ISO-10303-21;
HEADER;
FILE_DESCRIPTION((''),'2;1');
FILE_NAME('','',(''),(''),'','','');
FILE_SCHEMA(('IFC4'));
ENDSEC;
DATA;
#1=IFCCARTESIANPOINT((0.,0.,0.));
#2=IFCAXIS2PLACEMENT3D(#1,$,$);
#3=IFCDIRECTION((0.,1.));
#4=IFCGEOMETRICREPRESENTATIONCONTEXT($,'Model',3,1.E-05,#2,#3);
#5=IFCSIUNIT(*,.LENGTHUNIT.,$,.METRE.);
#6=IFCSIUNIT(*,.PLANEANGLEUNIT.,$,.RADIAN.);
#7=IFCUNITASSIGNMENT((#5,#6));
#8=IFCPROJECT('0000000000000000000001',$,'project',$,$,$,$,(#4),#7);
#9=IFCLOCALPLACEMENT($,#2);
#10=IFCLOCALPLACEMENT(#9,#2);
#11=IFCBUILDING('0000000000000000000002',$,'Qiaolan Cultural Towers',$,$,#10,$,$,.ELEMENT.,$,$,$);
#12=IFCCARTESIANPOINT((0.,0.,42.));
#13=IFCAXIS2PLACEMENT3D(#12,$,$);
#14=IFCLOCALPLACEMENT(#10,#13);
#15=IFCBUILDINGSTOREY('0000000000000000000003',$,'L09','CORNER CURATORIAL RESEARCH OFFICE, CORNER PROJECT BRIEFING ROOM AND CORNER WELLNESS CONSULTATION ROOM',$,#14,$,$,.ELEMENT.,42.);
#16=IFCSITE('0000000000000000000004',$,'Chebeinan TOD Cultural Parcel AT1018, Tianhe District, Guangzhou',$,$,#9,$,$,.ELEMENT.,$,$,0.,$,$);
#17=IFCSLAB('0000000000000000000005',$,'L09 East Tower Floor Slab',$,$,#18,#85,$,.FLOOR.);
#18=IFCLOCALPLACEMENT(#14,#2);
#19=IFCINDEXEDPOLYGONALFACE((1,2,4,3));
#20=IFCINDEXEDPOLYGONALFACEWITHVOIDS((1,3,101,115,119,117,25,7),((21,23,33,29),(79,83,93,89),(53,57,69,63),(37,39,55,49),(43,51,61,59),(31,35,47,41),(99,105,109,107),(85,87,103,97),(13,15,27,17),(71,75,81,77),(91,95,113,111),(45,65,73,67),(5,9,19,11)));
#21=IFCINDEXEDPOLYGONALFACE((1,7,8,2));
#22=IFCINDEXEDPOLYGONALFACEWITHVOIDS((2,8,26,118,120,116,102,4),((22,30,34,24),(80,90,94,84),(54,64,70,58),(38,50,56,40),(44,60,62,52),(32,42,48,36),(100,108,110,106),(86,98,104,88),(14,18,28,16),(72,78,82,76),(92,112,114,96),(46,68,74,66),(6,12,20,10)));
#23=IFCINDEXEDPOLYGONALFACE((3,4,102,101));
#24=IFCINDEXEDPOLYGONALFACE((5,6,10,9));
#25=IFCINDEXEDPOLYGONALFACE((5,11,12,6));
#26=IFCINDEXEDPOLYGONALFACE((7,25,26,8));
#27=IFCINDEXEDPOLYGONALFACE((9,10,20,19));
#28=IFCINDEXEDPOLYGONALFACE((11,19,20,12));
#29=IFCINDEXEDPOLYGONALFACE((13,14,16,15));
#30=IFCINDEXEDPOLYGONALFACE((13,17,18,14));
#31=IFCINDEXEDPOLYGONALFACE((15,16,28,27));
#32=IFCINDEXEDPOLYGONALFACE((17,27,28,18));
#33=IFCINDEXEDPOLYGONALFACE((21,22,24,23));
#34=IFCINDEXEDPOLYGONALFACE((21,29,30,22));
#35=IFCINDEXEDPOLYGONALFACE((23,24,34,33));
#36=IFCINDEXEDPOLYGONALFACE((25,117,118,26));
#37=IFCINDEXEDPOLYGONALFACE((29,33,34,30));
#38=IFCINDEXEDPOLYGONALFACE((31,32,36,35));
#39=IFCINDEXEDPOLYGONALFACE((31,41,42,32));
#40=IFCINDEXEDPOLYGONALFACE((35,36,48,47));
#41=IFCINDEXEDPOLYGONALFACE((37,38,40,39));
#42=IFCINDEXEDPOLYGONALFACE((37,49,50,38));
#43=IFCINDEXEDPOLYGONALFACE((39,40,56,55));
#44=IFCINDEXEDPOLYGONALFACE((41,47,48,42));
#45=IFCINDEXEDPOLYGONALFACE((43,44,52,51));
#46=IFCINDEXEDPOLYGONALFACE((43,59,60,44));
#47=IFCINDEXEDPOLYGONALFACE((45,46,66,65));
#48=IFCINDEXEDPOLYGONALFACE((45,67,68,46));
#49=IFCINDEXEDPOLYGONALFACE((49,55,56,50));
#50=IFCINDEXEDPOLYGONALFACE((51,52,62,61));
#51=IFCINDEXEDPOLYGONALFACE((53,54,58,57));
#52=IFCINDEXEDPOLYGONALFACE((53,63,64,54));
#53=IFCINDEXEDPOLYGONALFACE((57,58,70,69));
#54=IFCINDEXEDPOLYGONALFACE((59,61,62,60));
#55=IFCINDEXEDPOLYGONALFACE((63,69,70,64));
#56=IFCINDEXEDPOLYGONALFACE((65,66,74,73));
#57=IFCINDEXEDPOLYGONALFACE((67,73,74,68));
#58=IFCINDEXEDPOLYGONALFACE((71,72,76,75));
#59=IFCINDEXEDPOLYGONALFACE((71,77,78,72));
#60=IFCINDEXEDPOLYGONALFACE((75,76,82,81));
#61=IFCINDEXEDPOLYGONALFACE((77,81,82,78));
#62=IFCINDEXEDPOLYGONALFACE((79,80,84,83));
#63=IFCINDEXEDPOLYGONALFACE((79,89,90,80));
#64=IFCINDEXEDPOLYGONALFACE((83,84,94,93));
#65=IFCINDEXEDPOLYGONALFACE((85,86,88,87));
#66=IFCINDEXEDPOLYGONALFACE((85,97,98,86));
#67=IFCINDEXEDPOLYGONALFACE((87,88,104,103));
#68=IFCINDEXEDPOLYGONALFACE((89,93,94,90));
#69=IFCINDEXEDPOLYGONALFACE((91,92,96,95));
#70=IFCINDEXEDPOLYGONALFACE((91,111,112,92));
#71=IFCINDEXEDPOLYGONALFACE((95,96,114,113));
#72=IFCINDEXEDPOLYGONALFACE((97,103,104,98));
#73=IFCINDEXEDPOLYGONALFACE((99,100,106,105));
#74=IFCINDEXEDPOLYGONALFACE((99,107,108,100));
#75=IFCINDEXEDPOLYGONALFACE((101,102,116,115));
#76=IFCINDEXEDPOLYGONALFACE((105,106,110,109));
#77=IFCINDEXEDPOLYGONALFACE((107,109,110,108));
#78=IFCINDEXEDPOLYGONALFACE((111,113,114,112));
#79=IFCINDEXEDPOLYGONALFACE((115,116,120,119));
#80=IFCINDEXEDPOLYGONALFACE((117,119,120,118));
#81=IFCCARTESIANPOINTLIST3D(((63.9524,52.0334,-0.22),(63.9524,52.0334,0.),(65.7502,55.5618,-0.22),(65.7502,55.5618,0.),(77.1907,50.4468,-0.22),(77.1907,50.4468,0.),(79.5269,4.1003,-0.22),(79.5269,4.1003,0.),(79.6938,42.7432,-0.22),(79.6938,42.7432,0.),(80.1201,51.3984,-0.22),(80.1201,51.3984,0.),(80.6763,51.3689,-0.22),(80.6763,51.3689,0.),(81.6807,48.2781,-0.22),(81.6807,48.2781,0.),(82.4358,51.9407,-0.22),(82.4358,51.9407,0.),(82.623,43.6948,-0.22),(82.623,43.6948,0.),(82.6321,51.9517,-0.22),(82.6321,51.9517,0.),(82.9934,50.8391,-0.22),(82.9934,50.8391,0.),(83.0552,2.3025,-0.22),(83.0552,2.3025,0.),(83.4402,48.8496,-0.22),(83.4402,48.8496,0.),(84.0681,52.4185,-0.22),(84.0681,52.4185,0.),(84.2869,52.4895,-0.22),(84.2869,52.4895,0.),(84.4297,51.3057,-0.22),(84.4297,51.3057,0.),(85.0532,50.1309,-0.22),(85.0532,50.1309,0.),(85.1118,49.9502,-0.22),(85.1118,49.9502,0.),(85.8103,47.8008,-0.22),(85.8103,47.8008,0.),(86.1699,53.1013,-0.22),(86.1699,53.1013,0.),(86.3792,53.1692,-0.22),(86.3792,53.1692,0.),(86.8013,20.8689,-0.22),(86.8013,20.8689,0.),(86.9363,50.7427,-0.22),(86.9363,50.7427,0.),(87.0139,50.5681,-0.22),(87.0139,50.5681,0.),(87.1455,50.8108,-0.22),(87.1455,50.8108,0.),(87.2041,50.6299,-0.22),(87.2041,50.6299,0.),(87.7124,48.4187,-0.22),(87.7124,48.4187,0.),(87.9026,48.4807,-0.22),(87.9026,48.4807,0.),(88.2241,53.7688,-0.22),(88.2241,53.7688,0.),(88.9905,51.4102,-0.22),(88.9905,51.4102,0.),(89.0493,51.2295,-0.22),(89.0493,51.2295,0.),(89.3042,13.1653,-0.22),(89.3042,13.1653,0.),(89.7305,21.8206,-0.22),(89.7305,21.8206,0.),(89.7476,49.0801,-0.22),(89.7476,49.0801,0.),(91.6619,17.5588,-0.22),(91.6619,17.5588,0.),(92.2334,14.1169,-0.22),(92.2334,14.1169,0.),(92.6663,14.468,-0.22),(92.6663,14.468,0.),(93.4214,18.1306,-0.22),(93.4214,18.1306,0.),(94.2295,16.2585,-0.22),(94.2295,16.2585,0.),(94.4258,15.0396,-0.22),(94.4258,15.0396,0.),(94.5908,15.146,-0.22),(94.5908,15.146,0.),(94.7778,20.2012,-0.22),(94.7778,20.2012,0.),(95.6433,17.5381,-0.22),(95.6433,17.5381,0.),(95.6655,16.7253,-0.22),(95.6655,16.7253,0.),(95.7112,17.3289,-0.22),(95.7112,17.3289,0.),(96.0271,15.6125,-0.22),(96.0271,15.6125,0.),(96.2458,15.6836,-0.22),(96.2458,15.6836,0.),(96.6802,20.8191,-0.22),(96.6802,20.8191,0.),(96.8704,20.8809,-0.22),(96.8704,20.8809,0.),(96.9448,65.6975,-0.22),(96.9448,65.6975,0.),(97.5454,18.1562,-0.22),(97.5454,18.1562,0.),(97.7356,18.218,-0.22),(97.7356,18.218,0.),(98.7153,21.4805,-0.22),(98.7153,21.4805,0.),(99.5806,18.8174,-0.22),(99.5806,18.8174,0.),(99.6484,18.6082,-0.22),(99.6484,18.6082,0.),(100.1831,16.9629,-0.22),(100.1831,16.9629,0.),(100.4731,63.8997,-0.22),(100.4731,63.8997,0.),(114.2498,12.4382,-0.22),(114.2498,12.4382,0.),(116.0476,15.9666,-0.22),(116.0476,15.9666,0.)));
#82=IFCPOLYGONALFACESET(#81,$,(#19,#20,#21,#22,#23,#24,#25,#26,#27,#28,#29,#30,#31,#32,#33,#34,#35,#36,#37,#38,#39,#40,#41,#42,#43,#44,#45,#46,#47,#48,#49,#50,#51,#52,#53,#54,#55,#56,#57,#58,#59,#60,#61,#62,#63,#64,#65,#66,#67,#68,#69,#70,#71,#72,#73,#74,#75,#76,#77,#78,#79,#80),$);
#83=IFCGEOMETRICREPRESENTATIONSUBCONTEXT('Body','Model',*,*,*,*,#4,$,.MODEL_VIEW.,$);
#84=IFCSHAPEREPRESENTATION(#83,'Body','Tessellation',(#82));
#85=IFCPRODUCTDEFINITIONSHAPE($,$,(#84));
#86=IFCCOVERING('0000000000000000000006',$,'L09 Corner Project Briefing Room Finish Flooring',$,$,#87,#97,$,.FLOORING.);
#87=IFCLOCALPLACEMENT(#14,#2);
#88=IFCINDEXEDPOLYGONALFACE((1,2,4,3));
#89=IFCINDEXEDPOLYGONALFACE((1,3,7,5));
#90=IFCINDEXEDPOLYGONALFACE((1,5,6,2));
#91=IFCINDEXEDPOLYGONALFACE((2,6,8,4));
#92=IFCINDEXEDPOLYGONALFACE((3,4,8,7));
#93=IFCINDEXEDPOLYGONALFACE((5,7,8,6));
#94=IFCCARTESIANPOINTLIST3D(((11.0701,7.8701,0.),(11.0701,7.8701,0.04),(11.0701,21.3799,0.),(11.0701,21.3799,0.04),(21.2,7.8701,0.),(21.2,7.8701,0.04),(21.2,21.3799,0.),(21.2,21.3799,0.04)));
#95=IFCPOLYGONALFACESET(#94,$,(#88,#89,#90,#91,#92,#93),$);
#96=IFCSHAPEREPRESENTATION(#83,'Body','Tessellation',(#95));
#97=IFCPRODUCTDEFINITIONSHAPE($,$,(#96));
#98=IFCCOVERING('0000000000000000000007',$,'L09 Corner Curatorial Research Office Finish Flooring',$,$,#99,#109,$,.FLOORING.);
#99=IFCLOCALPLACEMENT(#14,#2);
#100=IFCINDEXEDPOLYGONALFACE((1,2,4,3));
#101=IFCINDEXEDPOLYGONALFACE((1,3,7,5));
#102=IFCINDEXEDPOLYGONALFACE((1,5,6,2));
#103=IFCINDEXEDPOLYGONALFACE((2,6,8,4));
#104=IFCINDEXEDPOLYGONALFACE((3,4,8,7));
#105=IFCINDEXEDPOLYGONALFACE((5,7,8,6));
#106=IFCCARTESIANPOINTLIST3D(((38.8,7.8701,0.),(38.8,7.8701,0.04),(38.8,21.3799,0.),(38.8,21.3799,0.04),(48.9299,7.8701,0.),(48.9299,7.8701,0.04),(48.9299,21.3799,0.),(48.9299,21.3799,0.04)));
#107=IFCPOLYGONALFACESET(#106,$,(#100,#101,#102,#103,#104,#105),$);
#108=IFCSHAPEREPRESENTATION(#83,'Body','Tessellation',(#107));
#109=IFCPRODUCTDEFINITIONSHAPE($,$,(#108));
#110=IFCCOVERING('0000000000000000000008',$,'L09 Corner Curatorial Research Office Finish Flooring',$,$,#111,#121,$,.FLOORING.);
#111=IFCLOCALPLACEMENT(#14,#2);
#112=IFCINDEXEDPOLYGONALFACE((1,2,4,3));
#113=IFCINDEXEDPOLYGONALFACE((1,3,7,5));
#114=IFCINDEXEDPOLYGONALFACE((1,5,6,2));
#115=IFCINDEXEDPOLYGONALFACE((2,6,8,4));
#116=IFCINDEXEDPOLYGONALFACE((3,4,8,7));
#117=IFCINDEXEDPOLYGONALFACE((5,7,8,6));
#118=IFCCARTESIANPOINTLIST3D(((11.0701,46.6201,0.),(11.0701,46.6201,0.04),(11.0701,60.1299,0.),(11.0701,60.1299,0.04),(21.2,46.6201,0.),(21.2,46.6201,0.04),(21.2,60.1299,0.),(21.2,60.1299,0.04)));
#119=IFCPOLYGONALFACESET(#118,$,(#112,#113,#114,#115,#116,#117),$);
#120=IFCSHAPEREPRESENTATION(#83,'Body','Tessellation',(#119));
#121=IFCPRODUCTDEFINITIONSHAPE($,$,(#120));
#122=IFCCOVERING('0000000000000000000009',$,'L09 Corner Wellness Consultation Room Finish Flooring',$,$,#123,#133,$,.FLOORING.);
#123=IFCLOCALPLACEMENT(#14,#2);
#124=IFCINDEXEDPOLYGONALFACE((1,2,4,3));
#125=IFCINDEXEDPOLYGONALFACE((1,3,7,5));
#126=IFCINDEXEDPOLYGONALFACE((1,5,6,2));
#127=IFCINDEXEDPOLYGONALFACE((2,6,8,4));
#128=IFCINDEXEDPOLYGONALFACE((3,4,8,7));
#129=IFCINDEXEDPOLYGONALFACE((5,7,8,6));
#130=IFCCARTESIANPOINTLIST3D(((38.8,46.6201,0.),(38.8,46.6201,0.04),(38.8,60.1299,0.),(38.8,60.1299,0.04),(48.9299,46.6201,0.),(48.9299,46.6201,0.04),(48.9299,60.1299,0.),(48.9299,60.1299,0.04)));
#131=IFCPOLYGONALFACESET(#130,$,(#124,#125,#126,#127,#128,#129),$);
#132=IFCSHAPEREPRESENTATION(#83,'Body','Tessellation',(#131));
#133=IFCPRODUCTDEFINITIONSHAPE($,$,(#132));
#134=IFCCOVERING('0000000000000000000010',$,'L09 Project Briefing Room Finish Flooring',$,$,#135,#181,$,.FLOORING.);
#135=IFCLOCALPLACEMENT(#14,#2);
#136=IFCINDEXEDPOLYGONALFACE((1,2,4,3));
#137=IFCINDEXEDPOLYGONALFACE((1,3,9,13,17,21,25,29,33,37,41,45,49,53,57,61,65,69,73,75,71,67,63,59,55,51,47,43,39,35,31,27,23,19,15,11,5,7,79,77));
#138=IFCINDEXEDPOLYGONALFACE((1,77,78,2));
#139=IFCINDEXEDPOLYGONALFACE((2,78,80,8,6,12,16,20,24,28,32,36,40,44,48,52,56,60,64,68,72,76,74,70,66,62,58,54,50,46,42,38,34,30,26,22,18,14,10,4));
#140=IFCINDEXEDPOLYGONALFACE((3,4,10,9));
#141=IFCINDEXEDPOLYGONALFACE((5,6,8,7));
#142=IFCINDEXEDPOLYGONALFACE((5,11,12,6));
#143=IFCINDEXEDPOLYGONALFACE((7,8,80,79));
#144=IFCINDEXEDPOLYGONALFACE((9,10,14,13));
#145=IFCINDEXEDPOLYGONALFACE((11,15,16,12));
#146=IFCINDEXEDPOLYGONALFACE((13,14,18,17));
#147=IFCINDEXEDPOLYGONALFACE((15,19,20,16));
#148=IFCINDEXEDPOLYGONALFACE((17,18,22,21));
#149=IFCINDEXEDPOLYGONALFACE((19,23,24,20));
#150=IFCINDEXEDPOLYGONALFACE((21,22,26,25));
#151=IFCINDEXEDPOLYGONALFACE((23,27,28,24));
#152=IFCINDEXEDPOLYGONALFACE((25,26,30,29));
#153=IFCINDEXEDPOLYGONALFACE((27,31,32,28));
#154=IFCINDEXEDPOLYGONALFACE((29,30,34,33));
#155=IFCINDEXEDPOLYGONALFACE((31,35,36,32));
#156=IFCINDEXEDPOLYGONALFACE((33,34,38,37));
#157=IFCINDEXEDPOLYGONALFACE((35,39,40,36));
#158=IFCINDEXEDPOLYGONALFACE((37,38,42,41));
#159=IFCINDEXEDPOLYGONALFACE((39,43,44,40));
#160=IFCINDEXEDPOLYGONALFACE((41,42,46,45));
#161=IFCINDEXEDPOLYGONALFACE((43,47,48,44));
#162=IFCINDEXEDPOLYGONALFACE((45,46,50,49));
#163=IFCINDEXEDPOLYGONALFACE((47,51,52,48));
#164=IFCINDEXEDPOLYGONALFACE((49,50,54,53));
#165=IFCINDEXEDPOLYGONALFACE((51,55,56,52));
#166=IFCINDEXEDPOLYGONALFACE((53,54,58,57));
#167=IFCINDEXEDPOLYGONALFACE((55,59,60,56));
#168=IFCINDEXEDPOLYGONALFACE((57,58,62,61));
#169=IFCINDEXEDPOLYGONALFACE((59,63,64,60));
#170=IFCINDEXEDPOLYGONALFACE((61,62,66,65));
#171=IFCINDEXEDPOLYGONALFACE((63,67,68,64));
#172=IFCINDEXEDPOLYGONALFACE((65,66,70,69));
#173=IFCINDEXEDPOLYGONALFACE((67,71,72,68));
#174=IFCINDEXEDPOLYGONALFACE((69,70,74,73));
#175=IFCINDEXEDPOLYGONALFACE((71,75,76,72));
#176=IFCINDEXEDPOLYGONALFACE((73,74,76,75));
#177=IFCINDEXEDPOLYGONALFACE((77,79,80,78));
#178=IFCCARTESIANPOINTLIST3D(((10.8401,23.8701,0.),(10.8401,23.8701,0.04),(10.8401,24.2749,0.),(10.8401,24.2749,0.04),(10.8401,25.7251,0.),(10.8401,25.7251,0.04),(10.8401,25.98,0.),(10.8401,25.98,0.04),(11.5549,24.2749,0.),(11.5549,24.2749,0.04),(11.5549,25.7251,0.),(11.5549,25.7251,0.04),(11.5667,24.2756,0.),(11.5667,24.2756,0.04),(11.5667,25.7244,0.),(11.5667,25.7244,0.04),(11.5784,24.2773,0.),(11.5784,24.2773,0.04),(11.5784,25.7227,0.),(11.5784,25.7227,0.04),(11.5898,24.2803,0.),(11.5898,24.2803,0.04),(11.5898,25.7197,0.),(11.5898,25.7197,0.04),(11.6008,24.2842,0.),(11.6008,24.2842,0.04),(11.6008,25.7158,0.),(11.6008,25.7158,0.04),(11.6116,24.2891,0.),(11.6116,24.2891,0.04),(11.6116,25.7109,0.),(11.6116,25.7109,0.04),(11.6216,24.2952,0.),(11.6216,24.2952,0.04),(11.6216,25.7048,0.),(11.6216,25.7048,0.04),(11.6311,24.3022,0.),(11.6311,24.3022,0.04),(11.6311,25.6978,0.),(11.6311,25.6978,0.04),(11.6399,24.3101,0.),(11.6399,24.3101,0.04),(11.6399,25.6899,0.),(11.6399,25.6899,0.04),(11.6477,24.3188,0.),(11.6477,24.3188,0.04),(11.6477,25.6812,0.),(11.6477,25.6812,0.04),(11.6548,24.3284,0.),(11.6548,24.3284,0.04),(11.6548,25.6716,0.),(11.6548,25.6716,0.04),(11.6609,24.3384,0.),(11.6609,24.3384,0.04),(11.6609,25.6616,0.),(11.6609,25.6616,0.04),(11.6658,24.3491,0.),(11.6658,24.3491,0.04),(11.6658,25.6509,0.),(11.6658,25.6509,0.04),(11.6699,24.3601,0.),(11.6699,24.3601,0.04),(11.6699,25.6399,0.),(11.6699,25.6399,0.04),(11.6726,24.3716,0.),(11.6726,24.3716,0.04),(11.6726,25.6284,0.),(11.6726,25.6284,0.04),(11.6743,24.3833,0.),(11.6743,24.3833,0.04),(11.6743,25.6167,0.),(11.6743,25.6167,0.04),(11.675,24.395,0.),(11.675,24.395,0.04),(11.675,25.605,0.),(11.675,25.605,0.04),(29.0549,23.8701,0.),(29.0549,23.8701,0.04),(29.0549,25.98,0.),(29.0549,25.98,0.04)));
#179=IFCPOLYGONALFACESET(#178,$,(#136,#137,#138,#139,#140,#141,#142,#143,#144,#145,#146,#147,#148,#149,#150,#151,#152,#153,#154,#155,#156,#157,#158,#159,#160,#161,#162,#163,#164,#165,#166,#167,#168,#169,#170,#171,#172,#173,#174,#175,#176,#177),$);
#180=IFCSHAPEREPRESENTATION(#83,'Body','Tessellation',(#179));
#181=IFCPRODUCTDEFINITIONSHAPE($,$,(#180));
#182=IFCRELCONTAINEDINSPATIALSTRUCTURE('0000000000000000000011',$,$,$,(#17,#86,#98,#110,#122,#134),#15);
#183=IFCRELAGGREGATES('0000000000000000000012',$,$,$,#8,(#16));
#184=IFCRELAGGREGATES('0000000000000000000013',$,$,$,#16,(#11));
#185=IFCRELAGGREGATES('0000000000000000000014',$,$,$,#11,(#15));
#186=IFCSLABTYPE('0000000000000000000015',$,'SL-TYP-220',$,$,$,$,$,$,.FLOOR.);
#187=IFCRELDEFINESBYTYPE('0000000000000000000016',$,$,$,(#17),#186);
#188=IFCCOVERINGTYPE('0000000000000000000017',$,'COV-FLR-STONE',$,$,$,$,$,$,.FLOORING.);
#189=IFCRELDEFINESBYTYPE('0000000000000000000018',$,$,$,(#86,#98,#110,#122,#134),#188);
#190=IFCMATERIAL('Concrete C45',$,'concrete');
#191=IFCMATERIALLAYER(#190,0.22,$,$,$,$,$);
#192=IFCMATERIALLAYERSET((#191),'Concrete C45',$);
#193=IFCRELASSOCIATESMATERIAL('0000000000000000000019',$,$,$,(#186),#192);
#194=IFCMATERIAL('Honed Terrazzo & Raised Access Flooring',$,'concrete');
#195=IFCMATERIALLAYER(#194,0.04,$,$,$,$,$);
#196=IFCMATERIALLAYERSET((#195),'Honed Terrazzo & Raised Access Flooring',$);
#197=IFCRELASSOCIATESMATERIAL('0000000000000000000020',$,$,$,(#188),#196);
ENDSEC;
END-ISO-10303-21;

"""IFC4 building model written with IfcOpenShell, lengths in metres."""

from ifc_helpers import new_model, si_unit, direction, frame, origin, place, context, subcontext, project, spatial, polyline, outline, extrude, material, layer, layer_set, type_object, element, save


model = new_model("IFC4")

# Units and contexts
model_context = context("Model", 3, precision=1e-05, world=origin(), true_north=direction((0.0, 1.0)))
body_context = subcontext(model_context, "Body", "Model", "MODEL_VIEW")
ifc_project = project(units=[si_unit("LENGTHUNIT", "METRE"), si_unit("PLANEANGLEUNIT", "RADIAN")], contexts=[model_context])

# Site, building, storey
site_placement = place(None, origin())
site = spatial("IfcSite", under=ifc_project, at=site_placement, Name="Chebeinan TOD Cultural Parcel AT1018, Tianhe District, Guangzhou", CompositionType="ELEMENT", RefElevation=0.0)
building_placement = place(site_placement, origin())
building = spatial("IfcBuilding", under=site, at=building_placement, Name="Qiaolan Cultural Towers", CompositionType="ELEMENT")
storey_placement = place(building_placement, frame((0.0, 0.0, 42.0)))
storey = spatial("IfcBuildingStorey", under=building, at=storey_placement, Name="L09", Description="CORNER CURATORIAL RESEARCH OFFICE, CORNER PROJECT BRIEFING ROOM AND CORNER WELLNESS CONSULTATION ROOM", CompositionType="ELEMENT", Elevation=42.0)

# Slab
ifc_material_1 = material(Name="Concrete C45", Category="concrete")
ifc_layer_1 = layer(ifc_material_1, 0.22)
ifc_layer_set_1 = layer_set([ifc_layer_1], Name="Concrete C45")
slab_type_1 = type_object("IfcSlabType", Name="SL-TYP-220", PredefinedType="FLOOR", material=ifc_layer_set_1)
slab_1_placement = place(storey_placement, frame((0.0, 0.0, -0.22)))
element("IfcSlab", 1, at=slab_1_placement, inside=storey, type_object=slab_type_1, Name="L09 East Tower Floor Slab", PredefinedType="FLOOR", context=body_context, shape_type="SweptSolid", body=[
    extrude(outline(polyline([(83.0552, 2.3025), (114.2498, 12.4382), (116.0476, 15.9666), (100.4731, 63.8997), (96.9448, 65.6975), (65.7502, 55.5618), (63.9524, 52.0334), (79.5269, 4.1003), (83.0552, 2.3025)]), holes=[polyline([(86.8013, 20.8689), (89.3042, 13.1653), (92.2334, 14.1169), (89.7305, 21.8206), (86.8013, 20.8689)]), polyline([(82.623, 43.6948), (80.1201, 51.3984), (77.1907, 50.4468), (79.6938, 42.7432), (82.623, 43.6948)]), polyline([(92.6663, 14.468), (94.4258, 15.0396), (93.4214, 18.1306), (91.6619, 17.5588), (92.6663, 14.468)]), polyline([(94.5908, 15.146), (96.0271, 15.6125), (95.6655, 16.7253), (94.2295, 16.2585), (94.5908, 15.146)]), polyline([(95.6433, 17.5381), (97.5454, 18.1562), (96.6802, 20.8191), (94.7778, 20.2012), (95.6433, 17.5381)]), polyline([(97.7356, 18.218), (99.5806, 18.8174), (98.7153, 21.4805), (96.8704, 20.8809), (97.7356, 18.218)]), polyline([(96.2458, 15.6836), (100.1831, 16.9629), (99.6484, 18.6082), (95.7112, 17.3289), (96.2458, 15.6836)]), polyline([(81.6807, 48.2781), (83.4402, 48.8496), (82.4358, 51.9407), (80.6763, 51.3689), (81.6807, 48.2781)]), polyline([(82.9934, 50.8391), (84.4297, 51.3057), (84.0681, 52.4185), (82.6321, 51.9517), (82.9934, 50.8391)]), polyline([(85.8103, 47.8008), (87.7124, 48.4187), (87.0139, 50.5681), (85.1118, 49.9502), (85.8103, 47.8008)]), polyline([(87.9026, 48.4807), (89.7476, 49.0801), (89.0493, 51.2295), (87.2041, 50.6299), (87.9026, 48.4807)]), polyline([(85.0532, 50.1309), (86.9363, 50.7427), (86.1699, 53.1013), (84.2869, 52.4895), (85.0532, 50.1309)]), polyline([(87.1455, 50.8108), (88.9905, 51.4102), (88.2241, 53.7688), (86.3792, 53.1692), (87.1455, 50.8108)])]), origin(), (0.0, 0.0, 1.0), 0.22),
])

# Coverings
ifc_material_2 = material(Name="Honed Terrazzo & Raised Access Flooring", Category="concrete")
ifc_layer_2 = layer(ifc_material_2, 0.04)
ifc_layer_set_2 = layer_set([ifc_layer_2], Name="Honed Terrazzo & Raised Access Flooring")
covering_type = type_object("IfcCoveringType", Name="COV-FLR-STONE", PredefinedType="FLOORING", material=ifc_layer_set_2)
covering_1_placement = place(storey_placement, origin())
element("IfcCovering", 2, at=covering_1_placement, inside=storey, type_object=covering_type, Name="L09 Corner Project Briefing Room Finish Flooring", PredefinedType="FLOORING", context=body_context, shape_type="SweptSolid", body=[
    extrude(outline(polyline([(21.2, 7.8701), (21.2, 21.3799), (11.0701, 21.3799), (11.0701, 7.8701), (21.2, 7.8701)])), origin(), (0.0, 0.0, 1.0), 0.04),
])
covering_2_placement = place(storey_placement, origin())
element("IfcCovering", 3, at=covering_2_placement, inside=storey, type_object=covering_type, Name="L09 Corner Curatorial Research Office Finish Flooring", PredefinedType="FLOORING", context=body_context, shape_type="SweptSolid", body=[
    extrude(outline(polyline([(48.9299, 7.8701), (48.9299, 21.3799), (38.8, 21.3799), (38.8, 7.8701), (48.9299, 7.8701)])), origin(), (0.0, 0.0, 1.0), 0.04),
])
covering_3_placement = place(storey_placement, origin())
element("IfcCovering", 4, at=covering_3_placement, inside=storey, type_object=covering_type, Name="L09 Corner Curatorial Research Office Finish Flooring", PredefinedType="FLOORING", context=body_context, shape_type="SweptSolid", body=[
    extrude(outline(polyline([(21.2, 46.6201), (21.2, 60.1299), (11.0701, 60.1299), (11.0701, 46.6201), (21.2, 46.6201)])), origin(), (0.0, 0.0, 1.0), 0.04),
])
covering_4_placement = place(storey_placement, origin())
element("IfcCovering", 5, at=covering_4_placement, inside=storey, type_object=covering_type, Name="L09 Corner Wellness Consultation Room Finish Flooring", PredefinedType="FLOORING", context=body_context, shape_type="SweptSolid", body=[
    extrude(outline(polyline([(48.9299, 46.6201), (48.9299, 60.1299), (38.8, 60.1299), (38.8, 46.6201), (48.9299, 46.6201)])), origin(), (0.0, 0.0, 1.0), 0.04),
])
covering_5_placement = place(storey_placement, origin())
element("IfcCovering", 6, at=covering_5_placement, inside=storey, type_object=covering_type, Name="L09 Project Briefing Room Finish Flooring", PredefinedType="FLOORING", context=body_context, shape_type="SweptSolid", body=[
    extrude(outline(polyline([(10.8401, 25.7251), (11.5549, 25.7251), (11.5667, 25.7244), (11.5784, 25.7227), (11.5898, 25.7197), (11.6008, 25.7158), (11.6116, 25.7109), (11.6216, 25.7048), (11.6311, 25.6978), (11.6399, 25.6899), (11.6477, 25.6812), (11.6548, 25.6716), (11.6609, 25.6616), (11.6658, 25.6509), (11.6699, 25.6399), (11.6726, 25.6284), (11.6743, 25.6167), (11.675, 25.605), (11.675, 24.395), (11.6743, 24.3833), (11.6726, 24.3716), (11.6699, 24.3601), (11.6658, 24.3491), (11.6609, 24.3384), (11.6548, 24.3284), (11.6477, 24.3188), (11.6399, 24.3101), (11.6311, 24.3022), (11.6216, 24.2952), (11.6116, 24.2891), (11.6008, 24.2842), (11.5898, 24.2803), (11.5784, 24.2773), (11.5667, 24.2756), (11.5549, 24.2749), (10.8401, 24.2749), (10.8401, 23.8701), (29.0549, 23.8701), (29.0549, 25.98), (10.8401, 25.98), (10.8401, 25.7251)])), origin(), (0.0, 0.0, 1.0), 0.04),
])

save(model, "model.ifc")
